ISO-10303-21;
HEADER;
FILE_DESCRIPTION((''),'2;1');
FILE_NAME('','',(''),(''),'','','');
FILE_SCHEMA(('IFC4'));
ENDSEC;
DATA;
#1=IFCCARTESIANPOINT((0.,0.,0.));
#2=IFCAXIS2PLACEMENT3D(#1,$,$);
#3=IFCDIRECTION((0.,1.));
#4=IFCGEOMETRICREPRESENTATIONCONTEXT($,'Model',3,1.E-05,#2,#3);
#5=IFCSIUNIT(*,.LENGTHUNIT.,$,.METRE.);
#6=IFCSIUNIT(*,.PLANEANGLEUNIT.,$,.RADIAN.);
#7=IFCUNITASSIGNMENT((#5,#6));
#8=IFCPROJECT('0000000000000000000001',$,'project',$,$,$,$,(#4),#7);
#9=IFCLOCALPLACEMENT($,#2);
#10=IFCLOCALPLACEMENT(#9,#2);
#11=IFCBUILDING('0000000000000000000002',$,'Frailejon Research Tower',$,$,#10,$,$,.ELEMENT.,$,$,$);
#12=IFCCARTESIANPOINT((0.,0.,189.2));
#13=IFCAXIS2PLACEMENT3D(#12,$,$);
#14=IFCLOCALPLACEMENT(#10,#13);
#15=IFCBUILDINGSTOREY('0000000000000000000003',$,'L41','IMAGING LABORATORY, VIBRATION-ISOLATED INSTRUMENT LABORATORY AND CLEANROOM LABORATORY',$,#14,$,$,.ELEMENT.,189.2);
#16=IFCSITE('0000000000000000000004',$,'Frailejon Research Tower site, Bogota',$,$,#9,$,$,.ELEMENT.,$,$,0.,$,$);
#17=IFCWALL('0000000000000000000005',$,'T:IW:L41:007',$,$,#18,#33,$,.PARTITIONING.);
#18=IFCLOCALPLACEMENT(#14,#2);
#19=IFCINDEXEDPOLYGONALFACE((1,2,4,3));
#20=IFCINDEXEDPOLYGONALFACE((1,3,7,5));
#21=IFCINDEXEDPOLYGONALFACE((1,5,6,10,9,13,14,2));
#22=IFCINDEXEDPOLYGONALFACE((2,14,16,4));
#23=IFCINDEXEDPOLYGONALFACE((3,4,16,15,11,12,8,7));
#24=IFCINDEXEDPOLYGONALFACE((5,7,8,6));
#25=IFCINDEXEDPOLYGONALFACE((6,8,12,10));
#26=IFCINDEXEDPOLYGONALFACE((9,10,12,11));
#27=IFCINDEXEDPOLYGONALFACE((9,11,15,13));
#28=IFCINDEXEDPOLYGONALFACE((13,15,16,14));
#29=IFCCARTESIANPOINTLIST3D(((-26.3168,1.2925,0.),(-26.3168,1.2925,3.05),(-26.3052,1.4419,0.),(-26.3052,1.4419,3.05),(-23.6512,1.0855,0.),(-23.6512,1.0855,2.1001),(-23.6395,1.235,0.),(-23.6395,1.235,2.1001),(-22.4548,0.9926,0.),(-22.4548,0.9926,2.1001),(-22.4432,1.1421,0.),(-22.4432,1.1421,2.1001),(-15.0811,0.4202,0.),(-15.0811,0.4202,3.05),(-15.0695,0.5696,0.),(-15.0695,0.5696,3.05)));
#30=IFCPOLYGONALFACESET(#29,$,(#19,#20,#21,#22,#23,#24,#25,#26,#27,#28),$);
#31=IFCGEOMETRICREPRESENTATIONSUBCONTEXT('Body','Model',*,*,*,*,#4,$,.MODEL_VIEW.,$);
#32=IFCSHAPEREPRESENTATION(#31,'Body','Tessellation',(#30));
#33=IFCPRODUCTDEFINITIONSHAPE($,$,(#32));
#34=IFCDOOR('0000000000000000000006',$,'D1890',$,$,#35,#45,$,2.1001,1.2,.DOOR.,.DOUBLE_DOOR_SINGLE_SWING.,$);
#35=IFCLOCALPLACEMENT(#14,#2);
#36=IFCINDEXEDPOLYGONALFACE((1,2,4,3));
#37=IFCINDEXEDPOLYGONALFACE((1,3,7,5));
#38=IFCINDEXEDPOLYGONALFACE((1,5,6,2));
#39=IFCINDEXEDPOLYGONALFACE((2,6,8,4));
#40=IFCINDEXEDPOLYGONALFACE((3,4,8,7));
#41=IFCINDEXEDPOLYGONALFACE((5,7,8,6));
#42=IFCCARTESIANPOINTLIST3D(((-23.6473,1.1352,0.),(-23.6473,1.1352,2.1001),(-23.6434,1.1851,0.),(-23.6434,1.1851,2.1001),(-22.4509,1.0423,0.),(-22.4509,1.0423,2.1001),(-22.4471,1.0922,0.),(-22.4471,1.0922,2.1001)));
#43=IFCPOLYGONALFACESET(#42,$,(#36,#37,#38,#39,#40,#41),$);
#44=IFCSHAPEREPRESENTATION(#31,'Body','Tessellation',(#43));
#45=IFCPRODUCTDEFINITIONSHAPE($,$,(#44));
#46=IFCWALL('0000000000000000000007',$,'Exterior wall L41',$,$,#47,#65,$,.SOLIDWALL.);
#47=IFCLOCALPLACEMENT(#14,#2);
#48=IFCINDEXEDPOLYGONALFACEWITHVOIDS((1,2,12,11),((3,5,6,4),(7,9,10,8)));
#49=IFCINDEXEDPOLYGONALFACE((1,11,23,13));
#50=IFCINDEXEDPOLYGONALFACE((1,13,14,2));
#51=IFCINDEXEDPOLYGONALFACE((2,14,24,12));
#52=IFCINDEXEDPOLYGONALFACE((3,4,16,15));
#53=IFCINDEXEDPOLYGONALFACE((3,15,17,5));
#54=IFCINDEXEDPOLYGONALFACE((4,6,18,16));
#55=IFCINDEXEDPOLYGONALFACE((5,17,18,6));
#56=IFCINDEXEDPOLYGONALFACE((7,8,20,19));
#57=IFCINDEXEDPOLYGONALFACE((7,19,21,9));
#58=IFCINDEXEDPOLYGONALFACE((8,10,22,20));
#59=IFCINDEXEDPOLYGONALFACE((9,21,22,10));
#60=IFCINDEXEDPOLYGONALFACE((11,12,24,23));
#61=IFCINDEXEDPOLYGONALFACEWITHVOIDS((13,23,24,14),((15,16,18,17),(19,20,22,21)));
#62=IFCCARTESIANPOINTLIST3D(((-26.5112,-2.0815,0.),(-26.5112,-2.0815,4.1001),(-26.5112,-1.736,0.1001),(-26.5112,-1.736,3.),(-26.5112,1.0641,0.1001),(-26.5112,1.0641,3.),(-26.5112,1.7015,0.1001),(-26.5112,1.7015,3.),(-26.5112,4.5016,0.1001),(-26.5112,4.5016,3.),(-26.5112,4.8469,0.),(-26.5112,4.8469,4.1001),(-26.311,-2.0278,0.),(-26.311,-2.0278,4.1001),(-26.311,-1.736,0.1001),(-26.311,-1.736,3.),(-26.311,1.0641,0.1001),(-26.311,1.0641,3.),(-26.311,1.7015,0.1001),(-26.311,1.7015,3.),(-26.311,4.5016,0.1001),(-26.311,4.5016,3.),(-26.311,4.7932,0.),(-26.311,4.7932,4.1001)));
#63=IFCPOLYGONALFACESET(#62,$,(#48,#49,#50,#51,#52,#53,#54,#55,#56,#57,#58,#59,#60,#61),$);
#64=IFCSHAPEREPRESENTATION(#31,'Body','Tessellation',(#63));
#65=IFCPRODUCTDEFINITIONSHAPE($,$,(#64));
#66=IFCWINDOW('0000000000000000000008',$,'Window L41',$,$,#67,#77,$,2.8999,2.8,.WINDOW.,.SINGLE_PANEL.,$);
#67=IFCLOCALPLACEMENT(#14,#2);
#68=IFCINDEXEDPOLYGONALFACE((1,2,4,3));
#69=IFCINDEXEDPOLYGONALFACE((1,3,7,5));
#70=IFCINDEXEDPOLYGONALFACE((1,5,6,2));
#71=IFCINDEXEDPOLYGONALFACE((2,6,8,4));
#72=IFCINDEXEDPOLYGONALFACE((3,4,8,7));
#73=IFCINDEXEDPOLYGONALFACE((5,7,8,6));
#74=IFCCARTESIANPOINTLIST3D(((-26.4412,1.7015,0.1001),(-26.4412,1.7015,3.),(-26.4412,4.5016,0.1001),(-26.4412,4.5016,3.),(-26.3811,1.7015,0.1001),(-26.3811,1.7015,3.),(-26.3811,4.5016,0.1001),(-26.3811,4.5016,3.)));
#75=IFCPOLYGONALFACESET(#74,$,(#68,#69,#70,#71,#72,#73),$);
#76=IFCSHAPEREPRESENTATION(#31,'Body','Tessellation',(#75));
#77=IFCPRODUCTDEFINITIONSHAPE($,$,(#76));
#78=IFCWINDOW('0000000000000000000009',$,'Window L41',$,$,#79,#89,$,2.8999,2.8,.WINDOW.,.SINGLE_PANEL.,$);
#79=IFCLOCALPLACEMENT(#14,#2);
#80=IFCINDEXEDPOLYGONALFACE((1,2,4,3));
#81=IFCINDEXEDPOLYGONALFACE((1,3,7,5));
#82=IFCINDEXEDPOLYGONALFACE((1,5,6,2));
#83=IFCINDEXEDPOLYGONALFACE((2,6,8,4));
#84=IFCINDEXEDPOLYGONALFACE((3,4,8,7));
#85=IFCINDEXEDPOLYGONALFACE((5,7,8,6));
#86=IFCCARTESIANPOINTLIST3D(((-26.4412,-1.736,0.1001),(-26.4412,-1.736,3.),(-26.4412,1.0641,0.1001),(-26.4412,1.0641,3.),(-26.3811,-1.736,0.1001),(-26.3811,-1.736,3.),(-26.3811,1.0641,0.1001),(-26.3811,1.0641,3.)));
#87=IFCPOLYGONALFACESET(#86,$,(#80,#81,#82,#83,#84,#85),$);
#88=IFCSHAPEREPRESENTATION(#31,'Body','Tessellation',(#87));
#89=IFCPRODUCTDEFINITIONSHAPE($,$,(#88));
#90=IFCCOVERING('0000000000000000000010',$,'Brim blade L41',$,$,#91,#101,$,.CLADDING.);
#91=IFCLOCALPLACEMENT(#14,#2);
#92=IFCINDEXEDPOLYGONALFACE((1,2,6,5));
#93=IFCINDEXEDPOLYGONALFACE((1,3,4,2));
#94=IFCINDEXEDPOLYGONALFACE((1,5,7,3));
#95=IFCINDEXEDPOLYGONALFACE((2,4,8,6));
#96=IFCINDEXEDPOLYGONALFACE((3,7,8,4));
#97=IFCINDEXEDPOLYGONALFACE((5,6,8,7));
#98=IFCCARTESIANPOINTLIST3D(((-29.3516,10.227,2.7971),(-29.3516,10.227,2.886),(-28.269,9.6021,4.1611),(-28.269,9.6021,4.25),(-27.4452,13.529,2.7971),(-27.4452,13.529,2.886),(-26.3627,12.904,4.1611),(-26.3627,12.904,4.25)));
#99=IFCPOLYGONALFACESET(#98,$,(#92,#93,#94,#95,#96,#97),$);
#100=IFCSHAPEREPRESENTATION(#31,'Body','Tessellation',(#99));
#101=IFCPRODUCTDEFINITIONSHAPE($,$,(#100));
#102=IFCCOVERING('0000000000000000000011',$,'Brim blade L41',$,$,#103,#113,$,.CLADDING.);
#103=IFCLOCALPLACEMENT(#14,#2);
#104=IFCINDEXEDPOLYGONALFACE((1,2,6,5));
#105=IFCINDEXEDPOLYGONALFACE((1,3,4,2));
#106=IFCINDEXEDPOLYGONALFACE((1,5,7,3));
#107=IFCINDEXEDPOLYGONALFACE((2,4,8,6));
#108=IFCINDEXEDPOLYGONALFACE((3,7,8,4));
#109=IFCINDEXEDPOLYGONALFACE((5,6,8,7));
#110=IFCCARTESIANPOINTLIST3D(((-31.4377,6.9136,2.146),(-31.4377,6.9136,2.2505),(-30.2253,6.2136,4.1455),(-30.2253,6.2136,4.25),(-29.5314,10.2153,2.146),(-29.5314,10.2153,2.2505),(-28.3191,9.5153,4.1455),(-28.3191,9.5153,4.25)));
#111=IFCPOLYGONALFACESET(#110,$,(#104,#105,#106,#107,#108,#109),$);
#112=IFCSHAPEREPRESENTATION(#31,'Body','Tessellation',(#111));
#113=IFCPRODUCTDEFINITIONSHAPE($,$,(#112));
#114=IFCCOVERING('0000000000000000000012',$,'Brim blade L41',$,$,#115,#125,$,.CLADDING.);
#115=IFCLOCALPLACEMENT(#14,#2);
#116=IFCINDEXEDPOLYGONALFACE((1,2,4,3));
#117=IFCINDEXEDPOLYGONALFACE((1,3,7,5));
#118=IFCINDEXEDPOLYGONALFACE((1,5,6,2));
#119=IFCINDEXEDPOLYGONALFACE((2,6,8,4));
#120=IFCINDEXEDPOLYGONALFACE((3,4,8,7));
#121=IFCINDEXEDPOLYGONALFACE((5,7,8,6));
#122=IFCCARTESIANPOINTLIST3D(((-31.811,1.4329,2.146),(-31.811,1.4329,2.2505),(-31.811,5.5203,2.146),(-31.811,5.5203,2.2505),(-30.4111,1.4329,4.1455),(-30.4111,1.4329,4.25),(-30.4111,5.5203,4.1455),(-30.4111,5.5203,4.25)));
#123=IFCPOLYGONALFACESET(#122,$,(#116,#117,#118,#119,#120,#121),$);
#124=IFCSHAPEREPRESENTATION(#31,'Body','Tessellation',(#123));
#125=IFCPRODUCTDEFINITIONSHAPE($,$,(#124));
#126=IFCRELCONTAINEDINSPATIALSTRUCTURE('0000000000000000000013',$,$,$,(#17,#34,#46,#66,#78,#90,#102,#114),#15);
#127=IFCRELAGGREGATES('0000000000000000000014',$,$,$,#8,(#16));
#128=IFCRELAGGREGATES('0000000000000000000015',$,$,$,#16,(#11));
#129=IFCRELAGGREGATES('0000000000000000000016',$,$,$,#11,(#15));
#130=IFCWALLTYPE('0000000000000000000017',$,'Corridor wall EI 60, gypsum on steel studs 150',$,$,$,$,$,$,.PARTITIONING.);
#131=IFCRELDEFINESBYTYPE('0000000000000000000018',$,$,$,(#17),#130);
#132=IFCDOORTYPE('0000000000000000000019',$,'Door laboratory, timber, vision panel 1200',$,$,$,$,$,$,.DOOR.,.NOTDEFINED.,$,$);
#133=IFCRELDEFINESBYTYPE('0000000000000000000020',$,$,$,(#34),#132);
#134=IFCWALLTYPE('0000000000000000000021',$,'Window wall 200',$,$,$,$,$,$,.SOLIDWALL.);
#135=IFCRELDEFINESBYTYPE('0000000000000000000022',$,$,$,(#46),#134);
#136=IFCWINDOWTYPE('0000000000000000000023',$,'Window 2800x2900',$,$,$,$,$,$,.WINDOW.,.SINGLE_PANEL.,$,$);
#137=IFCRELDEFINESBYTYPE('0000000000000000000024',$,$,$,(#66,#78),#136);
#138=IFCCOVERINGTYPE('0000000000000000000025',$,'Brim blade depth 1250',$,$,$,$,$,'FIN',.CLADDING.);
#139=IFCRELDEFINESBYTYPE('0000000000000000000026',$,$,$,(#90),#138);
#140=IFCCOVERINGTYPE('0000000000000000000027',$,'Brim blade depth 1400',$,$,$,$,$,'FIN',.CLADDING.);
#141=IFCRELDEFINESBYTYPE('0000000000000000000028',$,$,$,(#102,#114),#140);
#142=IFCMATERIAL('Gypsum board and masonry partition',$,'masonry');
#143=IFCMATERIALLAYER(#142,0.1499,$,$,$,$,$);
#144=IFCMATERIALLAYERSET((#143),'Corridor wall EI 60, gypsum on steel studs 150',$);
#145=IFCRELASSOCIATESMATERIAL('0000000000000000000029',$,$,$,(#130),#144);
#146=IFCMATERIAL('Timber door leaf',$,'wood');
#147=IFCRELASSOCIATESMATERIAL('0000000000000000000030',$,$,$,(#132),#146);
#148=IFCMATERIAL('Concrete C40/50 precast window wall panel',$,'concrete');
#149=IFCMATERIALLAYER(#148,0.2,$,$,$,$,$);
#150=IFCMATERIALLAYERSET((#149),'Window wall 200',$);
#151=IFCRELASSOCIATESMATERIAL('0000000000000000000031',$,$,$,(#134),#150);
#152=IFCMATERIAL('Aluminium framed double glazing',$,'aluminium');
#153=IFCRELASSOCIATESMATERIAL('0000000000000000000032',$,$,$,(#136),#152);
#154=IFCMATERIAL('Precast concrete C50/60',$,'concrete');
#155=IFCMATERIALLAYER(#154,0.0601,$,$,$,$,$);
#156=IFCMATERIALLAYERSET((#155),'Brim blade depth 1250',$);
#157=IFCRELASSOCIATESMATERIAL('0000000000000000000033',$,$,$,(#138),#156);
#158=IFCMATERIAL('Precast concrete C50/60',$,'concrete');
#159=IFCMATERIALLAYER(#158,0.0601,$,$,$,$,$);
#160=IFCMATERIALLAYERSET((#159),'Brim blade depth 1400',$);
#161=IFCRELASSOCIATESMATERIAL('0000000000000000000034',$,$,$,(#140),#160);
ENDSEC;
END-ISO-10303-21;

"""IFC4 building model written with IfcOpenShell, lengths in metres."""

from ifc_helpers import new_model, si_unit, direction, frame, frame_2d, origin, place, context, subcontext, project, spatial, polyline, rectangle, outline, extrude, material, layer, layer_set, type_object, element, fill, save


model = new_model("IFC4")

# Units and contexts
model_context = context("Model", 3, precision=1e-05, world=origin(), true_north=direction((0.0, 1.0)))
body_context = subcontext(model_context, "Body", "Model", "MODEL_VIEW")
ifc_project = project(units=[si_unit("LENGTHUNIT", "METRE"), si_unit("PLANEANGLEUNIT", "RADIAN")], contexts=[model_context])

# Site, building, storey
site_placement = place(None, origin())
site = spatial("IfcSite", under=ifc_project, at=site_placement, Name="Frailejon Research Tower site, Bogota", CompositionType="ELEMENT", RefElevation=0.0)
building_placement = place(site_placement, origin())
building = spatial("IfcBuilding", under=site, at=building_placement, Name="Frailejon Research Tower", CompositionType="ELEMENT")
storey_placement = place(building_placement, frame((0.0, 0.0, 189.2)))
storey = spatial("IfcBuildingStorey", under=building, at=storey_placement, Name="L41", Description="IMAGING LABORATORY, VIBRATION-ISOLATED INSTRUMENT LABORATORY AND CLEANROOM LABORATORY", CompositionType="ELEMENT", Elevation=189.2)

# Shared definitions
ifc_material_1 = material(Name="Gypsum board and masonry partition", Category="masonry")
ifc_layer_1 = layer(ifc_material_1, 0.1499)
ifc_layer_set_1 = layer_set([ifc_layer_1], Name="Corridor wall EI 60, gypsum on steel studs 150")
wall_type_1 = type_object("IfcWallType", Name="Corridor wall EI 60, gypsum on steel studs 150", PredefinedType="PARTITIONING", material=ifc_layer_set_1)

# Wall, opening, door
wall_1_placement = place(storey_placement, frame((-26.311, 1.3672, 0.0), z_axis=(0.0, 0.0, 1.0), x_axis=(0.997, -0.077404, 0.0)))
wall_1 = element("IfcWall", 1, at=wall_1_placement, inside=storey, type_object=wall_type_1, Name="T:IW:L41:007", PredefinedType="PARTITIONING", context=body_context, shape_type="SweptSolid", body=[
    extrude(rectangle(XDim=11.2695, YDim=0.1499, at=frame_2d((5.6348, 0.0))), origin(), (0.0, 0.0, 1.0), 3.05),
])
opening_1_placement = place(wall_1_placement, frame((2.6736, 0.0, 0.0)))
opening_1 = element("IfcOpeningElement", 2, at=opening_1_placement, cuts=wall_1, PredefinedType="OPENING", context=body_context, shape_type="SweptSolid", body=[
    extrude(rectangle(XDim=1.2, YDim=2.1001, at=frame_2d((0.6001, 1.05))), frame((0.0, 0.085, 0.0), z_axis=(0.0, -1.0, 0.0), x_axis=(1.0, 0.0, 0.0)), (0.0, 0.0, 1.0), 0.1699),
])
ifc_material_2 = material(Name="Timber door leaf", Category="wood")
door_type = type_object("IfcDoorType", Name="Door laboratory, timber, vision panel 1200", OperationType="NOTDEFINED", PredefinedType="DOOR", material=ifc_material_2)
door_placement = place(opening_1_placement, origin())
door = element("IfcDoor", 3, at=door_placement, inside=storey, type_object=door_type, Name="D1890", OperationType="DOUBLE_DOOR_SINGLE_SWING", OverallHeight=2.1001, OverallWidth=1.2, PredefinedType="DOOR", context=body_context, shape_type="SweptSolid", body=[
    extrude(rectangle(XDim=1.2, YDim=2.1001, at=frame_2d((0.6001, 1.05))), frame((0.0, 0.0249, 0.0), z_axis=(0.0, -1.0, 0.0), x_axis=(1.0, 0.0, 0.0)), (0.0, 0.0, 1.0), 0.05),
])
fill(opening_1, door)

# Wall, openings, windows
ifc_material_3 = material(Name="Concrete C40/50 precast window wall panel", Category="concrete")
ifc_layer_2 = layer(ifc_material_3, 0.2)
ifc_layer_set_2 = layer_set([ifc_layer_2], Name="Window wall 200")
wall_type_2 = type_object("IfcWallType", Name="Window wall 200", PredefinedType="SOLIDWALL", material=ifc_layer_set_2)
wall_2_placement = place(storey_placement, frame((-26.4111, 4.8201, 0.0), z_axis=(0.0, 0.0, 1.0), x_axis=(0.0, -1.0, 0.0)))
wall_2 = element("IfcWall", 4, at=wall_2_placement, inside=storey, type_object=wall_type_2, Name="Exterior wall L41", PredefinedType="SOLIDWALL", context=body_context, shape_type="SweptSolid", body=[
    extrude(outline(polyline([(-0.0269, -0.1001), (1.1279, -0.1001), (2.2827, -0.1001), (3.4375, -0.1001), (4.592, -0.1001), (5.7468, -0.1001), (6.9016, -0.1001), (6.8479, 0.1001), (5.7109, 0.1001), (4.5742, 0.1001), (3.4375, 0.1001), (2.3005, 0.1001), (1.1636, 0.1001), (0.0269, 0.1001), (-0.0269, -0.1001)])), origin(), (0.0, 0.0, 1.0), 4.1001),
])
opening_2_placement = place(wall_2_placement, frame((0.3186, 0.0, 0.1001)))
opening_2 = element("IfcOpeningElement", 5, at=opening_2_placement, cuts=wall_2, PredefinedType="OPENING", context=body_context, shape_type="SweptSolid", body=[
    extrude(rectangle(XDim=2.8, YDim=2.8999, at=frame_2d((1.3999, 1.45))), frame((0.0, 0.1099, 0.0), z_axis=(0.0, -1.0, 0.0), x_axis=(1.0, 0.0, 0.0)), (0.0, 0.0, 1.0), 0.22),
])
opening_3_placement = place(wall_2_placement, frame((3.7561, 0.0, 0.1001)))
opening_3 = element("IfcOpeningElement", 6, at=opening_3_placement, cuts=wall_2, PredefinedType="OPENING", context=body_context, shape_type="SweptSolid", body=[
    extrude(rectangle(XDim=2.8, YDim=2.8999, at=frame_2d((1.3999, 1.45))), frame((0.0, 0.1099, 0.0), z_axis=(0.0, -1.0, 0.0), x_axis=(1.0, 0.0, 0.0)), (0.0, 0.0, 1.0), 0.22),
])
ifc_material_4 = material(Name="Aluminium framed double glazing", Category="aluminium")
window_type = type_object("IfcWindowType", Name="Window 2800x2900", PartitioningType="SINGLE_PANEL", PredefinedType="WINDOW", material=ifc_material_4)
window_1_placement = place(opening_2_placement, origin())
window_1 = element("IfcWindow", 7, at=window_1_placement, inside=storey, type_object=window_type, Name="Window L41", OverallHeight=2.8999, OverallWidth=2.8, PartitioningType="SINGLE_PANEL", PredefinedType="WINDOW", context=body_context, shape_type="SweptSolid", body=[
    extrude(rectangle(XDim=2.8, YDim=2.8999, at=frame_2d((1.3999, 1.45))), frame((0.0, 0.03, 0.0), z_axis=(0.0, -1.0, 0.0), x_axis=(1.0, 0.0, 0.0)), (0.0, 0.0, 1.0), 0.0601),
])
fill(opening_2, window_1)
window_2_placement = place(opening_3_placement, origin())
window_2 = element("IfcWindow", 8, at=window_2_placement, inside=storey, type_object=window_type, Name="Window L41", OverallHeight=2.8999, OverallWidth=2.8, PartitioningType="SINGLE_PANEL", PredefinedType="WINDOW", context=body_context, shape_type="SweptSolid", body=[
    extrude(rectangle(XDim=2.8, YDim=2.8999, at=frame_2d((1.3999, 1.45))), frame((0.0, 0.03, 0.0), z_axis=(0.0, -1.0, 0.0), x_axis=(1.0, 0.0, 0.0)), (0.0, 0.0, 1.0), 0.0601),
])
fill(opening_3, window_2)

# Coverings
ifc_material_5 = material(Name="Precast concrete C50/60", Category="concrete")
ifc_layer_3 = layer(ifc_material_5, 0.0601)
ifc_layer_set_3 = layer_set([ifc_layer_3], Name="Brim blade depth 1250")
covering_type_1 = type_object("IfcCoveringType", Name="Brim blade depth 1250", ElementType="FIN", PredefinedType="CLADDING", material=ifc_layer_set_3)
covering_1_placement = place(storey_placement, frame((-28.269, 9.6021, 4.25), z_axis=(0.49999, 0.866031, 0.0), x_axis=(-0.866031, 0.49999, 0.0)))
element("IfcCovering", 9, at=covering_1_placement, inside=storey, type_object=covering_type_1, Name="Brim blade L41", PredefinedType="CLADDING", context=body_context, shape_type="SweptSolid", body=[
    extrude(outline(polyline([(0.0, -0.0889), (1.25, -1.4529), (1.25, -1.364), (0.0, 0.0), (0.0, -0.0889)])), origin(), (0.0, 0.0, 1.0), 3.8127),
])
ifc_material_6 = material(Name="Precast concrete C50/60", Category="concrete")
ifc_layer_4 = layer(ifc_material_6, 0.0601)
ifc_layer_set_4 = layer_set([ifc_layer_4], Name="Brim blade depth 1400")
covering_type_2 = type_object("IfcCoveringType", Name="Brim blade depth 1400", ElementType="FIN", PredefinedType="CLADDING", material=ifc_layer_set_4)
covering_2_placement = place(storey_placement, frame((-30.2253, 6.2136, 4.25), z_axis=(0.500001, 0.866025, 0.0), x_axis=(-0.866025, 0.500001, 0.0)))
element("IfcCovering", 10, at=covering_2_placement, inside=storey, type_object=covering_type_2, Name="Brim blade L41", PredefinedType="CLADDING", context=body_context, shape_type="SweptSolid", body=[
    extrude(outline(polyline([(0.0, -0.1045), (1.3999, -2.104), (1.3999, -1.9995), (0.0, 0.0), (0.0, -0.1045)])), origin(), (0.0, 0.0, 1.0), 3.8125),
])
covering_3_placement = place(storey_placement, frame((-30.4111, 1.4329, 4.25), z_axis=(0.0, 1.0, 0.0), x_axis=(-1.0, 0.0, 0.0)))
element("IfcCovering", 11, at=covering_3_placement, inside=storey, type_object=covering_type_2, Name="Brim blade L41", PredefinedType="CLADDING", context=body_context, shape_type="SweptSolid", body=[
    extrude(outline(polyline([(0.0, -0.1045), (1.3999, -2.104), (1.3999, -1.9995), (0.0, 0.0), (0.0, -0.1045)])), origin(), (0.0, 0.0, 1.0), 4.0874),
])

save(model, "model.ifc")
